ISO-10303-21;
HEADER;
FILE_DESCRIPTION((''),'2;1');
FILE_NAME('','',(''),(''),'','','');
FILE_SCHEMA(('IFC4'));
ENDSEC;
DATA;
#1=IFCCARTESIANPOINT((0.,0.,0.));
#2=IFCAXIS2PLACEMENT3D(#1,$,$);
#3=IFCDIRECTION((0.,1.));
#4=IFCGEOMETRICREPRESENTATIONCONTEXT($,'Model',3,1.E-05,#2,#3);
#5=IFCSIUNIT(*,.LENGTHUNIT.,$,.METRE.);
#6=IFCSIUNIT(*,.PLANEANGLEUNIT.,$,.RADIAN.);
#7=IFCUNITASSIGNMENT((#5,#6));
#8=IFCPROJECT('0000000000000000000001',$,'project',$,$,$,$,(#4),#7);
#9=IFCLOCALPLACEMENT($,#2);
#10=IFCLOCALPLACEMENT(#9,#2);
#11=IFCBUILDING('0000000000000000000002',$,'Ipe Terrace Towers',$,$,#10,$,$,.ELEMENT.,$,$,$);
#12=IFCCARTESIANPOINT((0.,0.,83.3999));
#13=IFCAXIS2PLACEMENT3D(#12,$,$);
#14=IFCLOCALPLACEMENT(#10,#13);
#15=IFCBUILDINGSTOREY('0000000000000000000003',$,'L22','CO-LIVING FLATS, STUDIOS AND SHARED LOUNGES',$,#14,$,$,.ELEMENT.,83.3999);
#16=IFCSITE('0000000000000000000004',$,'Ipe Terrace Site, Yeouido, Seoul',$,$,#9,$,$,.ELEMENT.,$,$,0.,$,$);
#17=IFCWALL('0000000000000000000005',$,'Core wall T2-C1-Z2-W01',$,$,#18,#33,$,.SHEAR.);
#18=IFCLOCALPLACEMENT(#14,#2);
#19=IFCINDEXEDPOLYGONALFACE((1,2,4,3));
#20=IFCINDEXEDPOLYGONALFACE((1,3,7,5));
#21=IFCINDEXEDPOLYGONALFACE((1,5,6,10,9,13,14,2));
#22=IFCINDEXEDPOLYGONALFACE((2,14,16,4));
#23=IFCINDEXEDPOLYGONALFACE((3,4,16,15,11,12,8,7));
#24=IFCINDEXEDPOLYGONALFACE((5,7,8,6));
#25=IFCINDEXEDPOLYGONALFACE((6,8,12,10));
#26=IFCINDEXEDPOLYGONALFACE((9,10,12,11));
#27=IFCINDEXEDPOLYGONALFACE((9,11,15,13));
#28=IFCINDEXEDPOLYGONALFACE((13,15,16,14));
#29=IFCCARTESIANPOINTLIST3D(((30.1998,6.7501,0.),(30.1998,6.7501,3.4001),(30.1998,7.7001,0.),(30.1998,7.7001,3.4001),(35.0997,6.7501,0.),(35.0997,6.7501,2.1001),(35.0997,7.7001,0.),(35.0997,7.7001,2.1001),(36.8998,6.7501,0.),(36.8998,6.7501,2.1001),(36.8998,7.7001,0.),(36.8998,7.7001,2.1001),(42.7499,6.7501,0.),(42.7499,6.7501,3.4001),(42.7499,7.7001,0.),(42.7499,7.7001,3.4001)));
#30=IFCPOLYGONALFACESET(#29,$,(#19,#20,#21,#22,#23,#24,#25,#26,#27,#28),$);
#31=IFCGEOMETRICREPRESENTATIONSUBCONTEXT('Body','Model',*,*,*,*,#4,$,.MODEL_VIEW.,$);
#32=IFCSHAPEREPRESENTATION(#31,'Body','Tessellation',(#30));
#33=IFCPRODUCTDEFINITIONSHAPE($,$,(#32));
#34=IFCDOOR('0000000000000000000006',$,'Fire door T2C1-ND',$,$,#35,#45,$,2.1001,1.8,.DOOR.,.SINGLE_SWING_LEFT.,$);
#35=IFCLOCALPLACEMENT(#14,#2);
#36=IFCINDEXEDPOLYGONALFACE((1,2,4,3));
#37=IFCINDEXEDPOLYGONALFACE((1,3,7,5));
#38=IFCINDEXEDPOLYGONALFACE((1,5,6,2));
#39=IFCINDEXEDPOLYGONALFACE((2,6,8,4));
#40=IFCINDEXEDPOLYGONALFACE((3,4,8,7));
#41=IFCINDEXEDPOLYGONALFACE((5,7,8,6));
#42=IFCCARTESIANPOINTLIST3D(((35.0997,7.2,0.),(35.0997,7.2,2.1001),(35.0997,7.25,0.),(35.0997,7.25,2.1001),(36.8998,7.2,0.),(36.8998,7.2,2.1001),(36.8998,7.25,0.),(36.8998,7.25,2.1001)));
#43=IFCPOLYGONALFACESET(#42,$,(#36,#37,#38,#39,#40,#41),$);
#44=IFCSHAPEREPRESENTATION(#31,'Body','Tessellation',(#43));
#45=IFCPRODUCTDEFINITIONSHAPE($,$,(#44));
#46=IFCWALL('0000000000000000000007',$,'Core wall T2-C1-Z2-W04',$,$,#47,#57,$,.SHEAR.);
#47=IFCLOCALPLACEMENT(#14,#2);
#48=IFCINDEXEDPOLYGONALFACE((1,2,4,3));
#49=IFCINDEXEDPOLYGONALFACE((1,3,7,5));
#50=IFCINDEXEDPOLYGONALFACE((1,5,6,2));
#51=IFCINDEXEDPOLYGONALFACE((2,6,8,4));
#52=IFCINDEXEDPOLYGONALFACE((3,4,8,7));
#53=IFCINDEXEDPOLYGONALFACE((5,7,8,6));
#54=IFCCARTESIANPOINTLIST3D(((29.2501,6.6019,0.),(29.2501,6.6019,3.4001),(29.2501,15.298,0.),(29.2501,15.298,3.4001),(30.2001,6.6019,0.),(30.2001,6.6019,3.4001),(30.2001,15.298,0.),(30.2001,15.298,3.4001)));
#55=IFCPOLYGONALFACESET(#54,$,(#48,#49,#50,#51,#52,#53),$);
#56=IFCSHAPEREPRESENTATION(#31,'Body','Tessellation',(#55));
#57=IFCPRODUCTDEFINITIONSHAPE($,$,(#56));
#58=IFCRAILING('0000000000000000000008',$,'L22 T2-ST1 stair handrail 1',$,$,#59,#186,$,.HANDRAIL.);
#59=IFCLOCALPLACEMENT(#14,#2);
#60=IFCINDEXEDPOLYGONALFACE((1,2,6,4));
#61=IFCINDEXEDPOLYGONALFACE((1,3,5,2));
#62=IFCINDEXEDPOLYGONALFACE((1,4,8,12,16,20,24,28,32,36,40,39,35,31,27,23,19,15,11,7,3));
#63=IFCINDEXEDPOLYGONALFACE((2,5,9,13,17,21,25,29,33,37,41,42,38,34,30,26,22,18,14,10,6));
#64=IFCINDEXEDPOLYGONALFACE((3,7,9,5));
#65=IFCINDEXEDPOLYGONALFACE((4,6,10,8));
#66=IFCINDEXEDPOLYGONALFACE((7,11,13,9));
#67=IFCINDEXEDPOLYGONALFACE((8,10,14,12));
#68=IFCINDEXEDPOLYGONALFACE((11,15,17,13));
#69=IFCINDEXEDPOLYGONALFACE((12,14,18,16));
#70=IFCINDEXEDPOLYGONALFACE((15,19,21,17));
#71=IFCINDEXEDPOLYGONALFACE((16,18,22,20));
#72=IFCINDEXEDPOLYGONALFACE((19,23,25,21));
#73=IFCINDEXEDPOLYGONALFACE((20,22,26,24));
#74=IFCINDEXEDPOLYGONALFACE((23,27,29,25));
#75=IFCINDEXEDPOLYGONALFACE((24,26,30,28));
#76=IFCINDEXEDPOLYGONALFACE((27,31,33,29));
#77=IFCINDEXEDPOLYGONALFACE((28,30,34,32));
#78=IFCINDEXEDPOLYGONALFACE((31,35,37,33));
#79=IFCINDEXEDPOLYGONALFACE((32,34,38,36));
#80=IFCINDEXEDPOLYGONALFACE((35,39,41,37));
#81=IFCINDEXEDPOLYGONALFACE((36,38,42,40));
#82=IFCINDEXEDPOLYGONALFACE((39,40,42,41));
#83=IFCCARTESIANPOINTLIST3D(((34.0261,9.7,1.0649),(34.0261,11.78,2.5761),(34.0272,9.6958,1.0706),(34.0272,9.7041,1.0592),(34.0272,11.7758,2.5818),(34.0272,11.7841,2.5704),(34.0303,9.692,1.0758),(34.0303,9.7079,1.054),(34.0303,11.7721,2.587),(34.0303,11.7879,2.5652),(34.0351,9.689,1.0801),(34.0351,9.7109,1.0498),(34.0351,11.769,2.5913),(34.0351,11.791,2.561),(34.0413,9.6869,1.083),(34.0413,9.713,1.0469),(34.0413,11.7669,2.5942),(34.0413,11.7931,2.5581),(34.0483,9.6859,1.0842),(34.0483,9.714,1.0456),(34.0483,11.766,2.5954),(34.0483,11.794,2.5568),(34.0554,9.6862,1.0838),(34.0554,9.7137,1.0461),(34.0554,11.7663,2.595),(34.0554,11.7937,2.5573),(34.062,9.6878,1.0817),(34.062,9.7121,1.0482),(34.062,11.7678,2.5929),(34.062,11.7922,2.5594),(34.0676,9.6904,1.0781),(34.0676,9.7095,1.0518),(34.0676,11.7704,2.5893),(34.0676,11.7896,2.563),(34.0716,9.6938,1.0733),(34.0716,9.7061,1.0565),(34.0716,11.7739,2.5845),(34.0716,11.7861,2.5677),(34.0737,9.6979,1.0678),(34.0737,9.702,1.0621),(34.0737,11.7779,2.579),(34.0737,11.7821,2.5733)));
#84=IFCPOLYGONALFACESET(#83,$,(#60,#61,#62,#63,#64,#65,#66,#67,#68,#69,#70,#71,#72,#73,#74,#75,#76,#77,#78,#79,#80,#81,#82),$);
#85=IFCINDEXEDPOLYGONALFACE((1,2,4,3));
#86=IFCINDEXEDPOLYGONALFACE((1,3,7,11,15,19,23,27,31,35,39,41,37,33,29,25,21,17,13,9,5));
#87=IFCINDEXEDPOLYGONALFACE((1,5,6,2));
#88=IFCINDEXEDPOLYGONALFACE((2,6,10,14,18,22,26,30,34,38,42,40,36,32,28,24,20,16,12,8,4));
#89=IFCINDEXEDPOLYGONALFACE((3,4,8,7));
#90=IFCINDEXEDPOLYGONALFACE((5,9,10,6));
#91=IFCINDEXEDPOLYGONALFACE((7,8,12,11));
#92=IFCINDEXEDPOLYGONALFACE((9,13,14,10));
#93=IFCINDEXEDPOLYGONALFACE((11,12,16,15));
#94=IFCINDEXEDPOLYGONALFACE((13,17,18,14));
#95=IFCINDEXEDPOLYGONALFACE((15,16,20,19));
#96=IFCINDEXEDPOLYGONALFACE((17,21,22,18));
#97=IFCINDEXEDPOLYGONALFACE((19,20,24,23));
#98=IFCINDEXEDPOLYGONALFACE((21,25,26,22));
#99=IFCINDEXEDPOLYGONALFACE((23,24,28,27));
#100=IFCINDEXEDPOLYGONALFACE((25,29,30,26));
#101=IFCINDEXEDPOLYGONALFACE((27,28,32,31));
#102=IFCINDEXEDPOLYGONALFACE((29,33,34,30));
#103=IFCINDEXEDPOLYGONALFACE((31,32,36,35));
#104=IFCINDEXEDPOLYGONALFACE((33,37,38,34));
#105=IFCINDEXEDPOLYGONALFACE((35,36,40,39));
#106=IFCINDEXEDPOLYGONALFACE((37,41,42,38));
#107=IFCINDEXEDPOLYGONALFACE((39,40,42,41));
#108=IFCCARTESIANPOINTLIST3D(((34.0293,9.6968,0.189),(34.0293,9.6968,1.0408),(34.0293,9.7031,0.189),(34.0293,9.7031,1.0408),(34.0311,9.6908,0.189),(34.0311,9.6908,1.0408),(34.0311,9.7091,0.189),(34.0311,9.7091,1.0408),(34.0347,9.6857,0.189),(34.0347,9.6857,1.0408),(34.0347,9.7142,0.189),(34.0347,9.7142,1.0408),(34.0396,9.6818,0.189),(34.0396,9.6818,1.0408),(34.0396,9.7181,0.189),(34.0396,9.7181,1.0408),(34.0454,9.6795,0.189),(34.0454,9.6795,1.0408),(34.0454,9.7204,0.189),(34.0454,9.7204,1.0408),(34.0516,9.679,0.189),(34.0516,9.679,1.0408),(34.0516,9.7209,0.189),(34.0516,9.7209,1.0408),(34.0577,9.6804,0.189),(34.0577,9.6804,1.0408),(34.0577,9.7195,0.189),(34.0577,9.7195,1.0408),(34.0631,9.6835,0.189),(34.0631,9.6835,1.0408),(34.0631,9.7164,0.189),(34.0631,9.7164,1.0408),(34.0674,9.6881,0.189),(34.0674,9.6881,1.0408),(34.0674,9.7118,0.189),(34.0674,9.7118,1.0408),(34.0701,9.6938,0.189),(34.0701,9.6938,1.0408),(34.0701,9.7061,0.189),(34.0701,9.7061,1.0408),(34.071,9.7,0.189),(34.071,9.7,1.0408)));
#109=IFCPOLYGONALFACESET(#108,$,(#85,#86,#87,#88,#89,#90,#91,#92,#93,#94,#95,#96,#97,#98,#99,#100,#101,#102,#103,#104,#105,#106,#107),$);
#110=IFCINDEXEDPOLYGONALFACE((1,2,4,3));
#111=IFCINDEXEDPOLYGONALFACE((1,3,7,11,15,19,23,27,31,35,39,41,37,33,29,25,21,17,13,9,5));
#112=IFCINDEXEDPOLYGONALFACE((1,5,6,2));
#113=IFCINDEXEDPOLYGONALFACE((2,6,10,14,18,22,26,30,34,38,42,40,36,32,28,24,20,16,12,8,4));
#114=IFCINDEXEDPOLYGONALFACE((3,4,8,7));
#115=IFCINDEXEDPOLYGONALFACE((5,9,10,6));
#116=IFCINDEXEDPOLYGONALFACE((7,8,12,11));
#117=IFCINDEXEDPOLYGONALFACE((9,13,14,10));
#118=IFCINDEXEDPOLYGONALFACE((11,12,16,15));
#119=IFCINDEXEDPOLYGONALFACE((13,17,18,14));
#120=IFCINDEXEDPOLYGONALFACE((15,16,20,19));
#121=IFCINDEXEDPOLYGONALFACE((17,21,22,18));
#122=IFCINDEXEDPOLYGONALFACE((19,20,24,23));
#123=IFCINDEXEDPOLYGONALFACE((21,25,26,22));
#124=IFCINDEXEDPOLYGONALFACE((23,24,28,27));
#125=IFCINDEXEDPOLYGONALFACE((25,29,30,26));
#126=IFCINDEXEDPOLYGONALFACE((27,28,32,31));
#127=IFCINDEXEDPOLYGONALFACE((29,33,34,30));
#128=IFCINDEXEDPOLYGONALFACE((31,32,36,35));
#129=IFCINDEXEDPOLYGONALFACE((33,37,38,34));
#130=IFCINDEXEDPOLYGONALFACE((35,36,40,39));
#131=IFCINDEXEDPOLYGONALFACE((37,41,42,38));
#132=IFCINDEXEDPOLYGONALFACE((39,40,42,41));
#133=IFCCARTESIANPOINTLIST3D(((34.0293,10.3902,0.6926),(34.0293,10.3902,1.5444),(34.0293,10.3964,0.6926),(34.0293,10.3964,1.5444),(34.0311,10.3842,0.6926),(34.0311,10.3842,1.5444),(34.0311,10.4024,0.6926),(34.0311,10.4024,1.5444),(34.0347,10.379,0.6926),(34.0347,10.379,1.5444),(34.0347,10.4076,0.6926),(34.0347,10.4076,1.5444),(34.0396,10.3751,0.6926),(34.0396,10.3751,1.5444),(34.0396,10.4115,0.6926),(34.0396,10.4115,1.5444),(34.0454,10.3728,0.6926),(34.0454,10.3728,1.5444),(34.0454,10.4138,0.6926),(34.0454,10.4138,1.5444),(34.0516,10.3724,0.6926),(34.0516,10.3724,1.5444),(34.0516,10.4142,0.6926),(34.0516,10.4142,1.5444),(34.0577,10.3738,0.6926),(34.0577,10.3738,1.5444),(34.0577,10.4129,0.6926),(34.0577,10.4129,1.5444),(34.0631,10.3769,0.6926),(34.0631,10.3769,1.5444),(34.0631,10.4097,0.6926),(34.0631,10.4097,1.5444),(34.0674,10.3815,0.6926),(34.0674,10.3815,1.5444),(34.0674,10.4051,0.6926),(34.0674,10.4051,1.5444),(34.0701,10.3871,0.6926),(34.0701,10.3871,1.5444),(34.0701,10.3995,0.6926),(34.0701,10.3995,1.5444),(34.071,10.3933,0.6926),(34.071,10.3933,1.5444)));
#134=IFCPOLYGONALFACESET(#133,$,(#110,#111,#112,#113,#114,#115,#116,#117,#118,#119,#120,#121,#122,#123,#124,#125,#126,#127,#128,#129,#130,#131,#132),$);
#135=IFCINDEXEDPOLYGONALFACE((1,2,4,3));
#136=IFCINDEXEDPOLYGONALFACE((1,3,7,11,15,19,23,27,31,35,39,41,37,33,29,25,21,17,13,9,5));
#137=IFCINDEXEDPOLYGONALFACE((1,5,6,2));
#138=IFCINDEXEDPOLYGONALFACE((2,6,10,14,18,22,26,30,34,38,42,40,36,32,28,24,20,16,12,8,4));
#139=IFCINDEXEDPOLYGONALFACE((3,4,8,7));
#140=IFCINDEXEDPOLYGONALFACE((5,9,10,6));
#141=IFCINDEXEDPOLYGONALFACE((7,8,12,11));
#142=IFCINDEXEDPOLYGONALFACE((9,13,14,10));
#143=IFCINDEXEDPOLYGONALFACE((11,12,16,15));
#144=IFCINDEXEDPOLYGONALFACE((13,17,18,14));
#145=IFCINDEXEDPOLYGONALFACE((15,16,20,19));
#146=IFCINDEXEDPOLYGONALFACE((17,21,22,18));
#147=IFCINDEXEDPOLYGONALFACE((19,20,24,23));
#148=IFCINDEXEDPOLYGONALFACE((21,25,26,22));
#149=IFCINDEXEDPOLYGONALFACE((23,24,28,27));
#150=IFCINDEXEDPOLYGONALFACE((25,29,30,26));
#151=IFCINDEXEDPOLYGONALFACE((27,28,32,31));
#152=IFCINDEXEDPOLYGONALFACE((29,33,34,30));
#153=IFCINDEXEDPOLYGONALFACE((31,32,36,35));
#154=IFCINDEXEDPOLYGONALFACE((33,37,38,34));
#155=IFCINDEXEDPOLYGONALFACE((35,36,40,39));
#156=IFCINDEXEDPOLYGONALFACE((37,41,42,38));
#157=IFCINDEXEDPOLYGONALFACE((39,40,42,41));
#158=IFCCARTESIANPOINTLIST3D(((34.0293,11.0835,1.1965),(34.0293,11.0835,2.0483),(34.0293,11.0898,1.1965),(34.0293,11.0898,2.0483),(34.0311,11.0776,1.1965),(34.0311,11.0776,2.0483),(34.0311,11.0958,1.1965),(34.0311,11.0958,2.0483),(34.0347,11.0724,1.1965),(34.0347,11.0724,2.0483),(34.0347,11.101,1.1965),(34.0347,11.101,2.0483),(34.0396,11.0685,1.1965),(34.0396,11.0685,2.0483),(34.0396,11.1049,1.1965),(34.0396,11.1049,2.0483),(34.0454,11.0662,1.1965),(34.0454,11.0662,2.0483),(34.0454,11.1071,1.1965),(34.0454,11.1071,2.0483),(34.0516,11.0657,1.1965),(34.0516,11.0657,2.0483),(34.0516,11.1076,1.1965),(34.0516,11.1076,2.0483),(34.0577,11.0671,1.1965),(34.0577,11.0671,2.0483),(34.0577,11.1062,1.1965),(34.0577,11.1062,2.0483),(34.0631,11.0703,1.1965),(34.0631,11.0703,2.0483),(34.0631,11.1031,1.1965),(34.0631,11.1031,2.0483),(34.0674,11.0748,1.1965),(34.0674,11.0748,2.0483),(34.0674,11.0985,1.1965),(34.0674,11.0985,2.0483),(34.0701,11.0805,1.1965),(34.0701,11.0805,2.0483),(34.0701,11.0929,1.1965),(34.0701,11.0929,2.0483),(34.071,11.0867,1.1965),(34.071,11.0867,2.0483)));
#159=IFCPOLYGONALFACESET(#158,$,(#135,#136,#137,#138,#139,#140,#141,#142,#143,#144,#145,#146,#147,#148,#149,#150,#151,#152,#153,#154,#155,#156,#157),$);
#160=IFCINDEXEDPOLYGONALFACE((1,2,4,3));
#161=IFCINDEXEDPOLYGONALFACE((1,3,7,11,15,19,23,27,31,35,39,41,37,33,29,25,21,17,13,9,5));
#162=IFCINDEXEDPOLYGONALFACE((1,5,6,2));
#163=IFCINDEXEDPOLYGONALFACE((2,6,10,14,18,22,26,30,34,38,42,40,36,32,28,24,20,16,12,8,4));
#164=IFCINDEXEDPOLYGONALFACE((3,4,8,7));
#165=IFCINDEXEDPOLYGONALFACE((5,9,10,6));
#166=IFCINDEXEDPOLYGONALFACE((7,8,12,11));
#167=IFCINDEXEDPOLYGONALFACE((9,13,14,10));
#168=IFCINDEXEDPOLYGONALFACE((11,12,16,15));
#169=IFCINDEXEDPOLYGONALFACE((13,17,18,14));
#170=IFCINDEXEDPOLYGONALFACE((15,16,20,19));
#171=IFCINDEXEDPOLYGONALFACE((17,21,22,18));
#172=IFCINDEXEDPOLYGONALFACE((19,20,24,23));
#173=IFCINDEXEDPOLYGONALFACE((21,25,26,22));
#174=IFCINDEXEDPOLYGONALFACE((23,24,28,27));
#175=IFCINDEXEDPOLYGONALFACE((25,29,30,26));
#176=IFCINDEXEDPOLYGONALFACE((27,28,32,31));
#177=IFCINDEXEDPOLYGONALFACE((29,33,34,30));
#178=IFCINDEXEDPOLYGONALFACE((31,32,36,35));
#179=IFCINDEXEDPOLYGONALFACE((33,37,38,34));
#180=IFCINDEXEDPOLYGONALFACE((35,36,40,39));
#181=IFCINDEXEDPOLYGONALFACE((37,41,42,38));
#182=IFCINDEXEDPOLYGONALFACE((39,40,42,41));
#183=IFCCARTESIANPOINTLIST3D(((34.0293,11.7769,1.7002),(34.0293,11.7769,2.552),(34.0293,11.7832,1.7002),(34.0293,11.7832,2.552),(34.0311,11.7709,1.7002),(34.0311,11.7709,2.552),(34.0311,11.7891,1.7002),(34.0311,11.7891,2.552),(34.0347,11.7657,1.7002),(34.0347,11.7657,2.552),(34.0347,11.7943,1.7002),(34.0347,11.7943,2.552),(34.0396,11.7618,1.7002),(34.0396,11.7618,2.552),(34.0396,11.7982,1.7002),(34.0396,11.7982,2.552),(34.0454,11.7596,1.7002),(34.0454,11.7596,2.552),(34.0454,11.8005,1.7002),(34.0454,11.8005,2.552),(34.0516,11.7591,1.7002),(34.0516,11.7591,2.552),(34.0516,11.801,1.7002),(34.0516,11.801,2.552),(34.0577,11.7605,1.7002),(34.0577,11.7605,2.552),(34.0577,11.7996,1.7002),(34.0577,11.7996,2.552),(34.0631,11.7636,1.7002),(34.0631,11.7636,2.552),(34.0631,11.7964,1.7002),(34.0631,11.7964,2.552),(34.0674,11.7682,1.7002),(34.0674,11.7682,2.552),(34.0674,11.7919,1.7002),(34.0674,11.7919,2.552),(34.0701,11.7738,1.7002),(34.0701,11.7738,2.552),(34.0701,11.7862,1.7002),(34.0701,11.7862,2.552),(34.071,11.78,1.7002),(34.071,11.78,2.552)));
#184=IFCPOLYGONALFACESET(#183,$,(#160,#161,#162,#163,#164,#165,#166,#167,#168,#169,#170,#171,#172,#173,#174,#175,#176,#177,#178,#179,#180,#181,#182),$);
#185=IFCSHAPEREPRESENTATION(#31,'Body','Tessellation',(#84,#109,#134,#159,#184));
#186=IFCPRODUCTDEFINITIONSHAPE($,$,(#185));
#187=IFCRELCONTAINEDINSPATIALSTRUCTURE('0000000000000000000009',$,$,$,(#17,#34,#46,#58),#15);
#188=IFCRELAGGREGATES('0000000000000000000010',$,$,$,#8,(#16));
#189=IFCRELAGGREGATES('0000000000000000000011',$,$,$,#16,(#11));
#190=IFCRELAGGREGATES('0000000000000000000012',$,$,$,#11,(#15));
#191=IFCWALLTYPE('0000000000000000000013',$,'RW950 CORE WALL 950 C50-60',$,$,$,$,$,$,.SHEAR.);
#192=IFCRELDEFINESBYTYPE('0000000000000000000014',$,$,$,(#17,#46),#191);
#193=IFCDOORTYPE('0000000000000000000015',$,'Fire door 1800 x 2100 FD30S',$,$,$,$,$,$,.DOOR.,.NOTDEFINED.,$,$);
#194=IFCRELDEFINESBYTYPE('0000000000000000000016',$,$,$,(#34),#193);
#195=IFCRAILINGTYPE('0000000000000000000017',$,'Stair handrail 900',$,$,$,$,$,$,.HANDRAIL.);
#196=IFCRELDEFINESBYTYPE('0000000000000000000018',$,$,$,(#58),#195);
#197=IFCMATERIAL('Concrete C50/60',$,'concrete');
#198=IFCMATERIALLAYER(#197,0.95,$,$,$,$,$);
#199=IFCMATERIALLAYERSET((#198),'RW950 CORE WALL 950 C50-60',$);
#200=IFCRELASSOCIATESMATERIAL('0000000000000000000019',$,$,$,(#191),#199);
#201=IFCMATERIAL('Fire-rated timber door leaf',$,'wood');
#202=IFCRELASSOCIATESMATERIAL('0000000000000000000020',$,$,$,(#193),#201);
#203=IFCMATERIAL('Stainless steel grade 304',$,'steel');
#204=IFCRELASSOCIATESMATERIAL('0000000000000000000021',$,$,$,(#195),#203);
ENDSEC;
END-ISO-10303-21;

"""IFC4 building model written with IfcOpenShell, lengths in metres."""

from ifc_helpers import new_model, si_unit, direction, frame, frame_2d, origin, origin_2d, place, context, subcontext, project, spatial, rectangle, circle, extrude, material, layer, layer_set, type_object, element, fill, save


model = new_model("IFC4")

# Units and contexts
model_context = context("Model", 3, precision=1e-05, world=origin(), true_north=direction((0.0, 1.0)))
body_context = subcontext(model_context, "Body", "Model", "MODEL_VIEW")
ifc_project = project(units=[si_unit("LENGTHUNIT", "METRE"), si_unit("PLANEANGLEUNIT", "RADIAN")], contexts=[model_context])

# Site, building, storey
site_placement = place(None, origin())
site = spatial("IfcSite", under=ifc_project, at=site_placement, Name="Ipe Terrace Site, Yeouido, Seoul", CompositionType="ELEMENT", RefElevation=0.0)
building_placement = place(site_placement, origin())
building = spatial("IfcBuilding", under=site, at=building_placement, Name="Ipe Terrace Towers", CompositionType="ELEMENT")
storey_placement = place(building_placement, frame((0.0, 0.0, 83.3999)))
storey = spatial("IfcBuildingStorey", under=building, at=storey_placement, Name="L22", Description="CO-LIVING FLATS, STUDIOS AND SHARED LOUNGES", CompositionType="ELEMENT", Elevation=83.3999)

# Wall, opening, door
ifc_material_1 = material(Name="Concrete C50/60", Category="concrete")
ifc_layer_1 = layer(ifc_material_1, 0.95)
ifc_layer_set_1 = layer_set([ifc_layer_1], Name="RW950 CORE WALL 950 C50-60")
wall_type_1 = type_object("IfcWallType", Name="RW950 CORE WALL 950 C50-60", PredefinedType="SHEAR", material=ifc_layer_set_1)
wall_1_placement = place(storey_placement, frame((30.2, 7.2251, 0.0), z_axis=(0.0, 0.0, 1.0), x_axis=(1.0, 0.0, 0.0)))
wall_1 = element("IfcWall", 1, at=wall_1_placement, inside=storey, type_object=wall_type_1, Name="Core wall T2-C1-Z2-W01", PredefinedType="SHEAR", context=body_context, shape_type="SweptSolid", body=[
    extrude(rectangle(XDim=12.55, YDim=0.95, at=frame_2d((6.2749, 0.0))), origin(), (0.0, 0.0, 1.0), 3.4001),
])
opening_1_placement = place(wall_1_placement, frame((4.8999, 0.0, 0.0)))
opening_1 = element("IfcOpeningElement", 2, at=opening_1_placement, cuts=wall_1, PredefinedType="OPENING", context=body_context, shape_type="SweptSolid", body=[
    extrude(rectangle(XDim=1.8, YDim=2.1001, at=frame_2d((0.8999, 1.05))), frame((0.0, 0.4849, 0.0), z_axis=(0.0, -1.0, 0.0), x_axis=(1.0, 0.0, 0.0)), (0.0, 0.0, 1.0), 0.97),
])
ifc_material_2 = material(Name="Fire-rated timber door leaf", Category="wood")
door_type_1 = type_object("IfcDoorType", Name="Fire door 1800 x 2100 FD30S", OperationType="NOTDEFINED", PredefinedType="DOOR", material=ifc_material_2)
door_1_placement = place(opening_1_placement, origin())
door_1 = element("IfcDoor", 3, at=door_1_placement, inside=storey, type_object=door_type_1, Name="Fire door T2C1-ND", OperationType="SINGLE_SWING_LEFT", OverallHeight=2.1001, OverallWidth=1.8, PredefinedType="DOOR", context=body_context, shape_type="SweptSolid", body=[
    extrude(rectangle(XDim=1.8, YDim=2.1001, at=frame_2d((0.8999, 1.05))), frame((0.0, 0.0249, 0.0), z_axis=(0.0, -1.0, 0.0), x_axis=(1.0, 0.0, 0.0)), (0.0, 0.0, 1.0), 0.05),
])
fill(opening_1, door_1)

# Wall
wall_2_placement = place(storey_placement, frame((29.7251, 15.2981, 0.0), z_axis=(0.0, 0.0, 1.0), x_axis=(0.0, -1.0, 0.0)))
element("IfcWall", 4, at=wall_2_placement, inside=storey, type_object=wall_type_1, Name="Core wall T2-C1-Z2-W04", PredefinedType="SHEAR", context=body_context, shape_type="SweptSolid", body=[
    extrude(rectangle(XDim=8.696, YDim=0.95, at=frame_2d((4.3481, 0.0))), origin(), (0.0, 0.0, 1.0), 3.4001),
])

# Railing
ifc_material_3 = material(Name="Stainless steel grade 304", Category="steel")
railing_type_1 = type_object("IfcRailingType", Name="Stair handrail 900", PredefinedType="HANDRAIL", material=ifc_material_3)
railing_1_placement = place(storey_placement, frame((34.05, 9.7, 0.189)))
element("IfcRailing", 5, at=railing_1_placement, inside=storey, type_object=railing_type_1, Name="L22 T2-ST1 stair handrail 1", PredefinedType="HANDRAIL", context=body_context, shape_type="SweptSolid", body=[
    extrude(circle(Radius=0.0239, at=origin_2d()), frame((0.0, 0.0, 0.876), z_axis=(0.0, 0.809023, 0.587776), x_axis=(-1.0, 0.0, 0.0)), (0.0, 0.0, 1.0), 2.571),
    extrude(circle(Radius=0.021, at=origin_2d()), origin(), (0.0, 0.0, 1.0), 0.8518),
    extrude(circle(Radius=0.021, at=origin_2d()), frame((0.0, 0.6934, 0.5037)), (0.0, 0.0, 1.0), 0.8518),
    extrude(circle(Radius=0.021, at=origin_2d()), frame((0.0, 1.3867, 1.0076)), (0.0, 0.0, 1.0), 0.8518),
    extrude(circle(Radius=0.021, at=origin_2d()), frame((0.0, 2.0801, 1.5112)), (0.0, 0.0, 1.0), 0.8518),
])

save(model, "model.ifc")
